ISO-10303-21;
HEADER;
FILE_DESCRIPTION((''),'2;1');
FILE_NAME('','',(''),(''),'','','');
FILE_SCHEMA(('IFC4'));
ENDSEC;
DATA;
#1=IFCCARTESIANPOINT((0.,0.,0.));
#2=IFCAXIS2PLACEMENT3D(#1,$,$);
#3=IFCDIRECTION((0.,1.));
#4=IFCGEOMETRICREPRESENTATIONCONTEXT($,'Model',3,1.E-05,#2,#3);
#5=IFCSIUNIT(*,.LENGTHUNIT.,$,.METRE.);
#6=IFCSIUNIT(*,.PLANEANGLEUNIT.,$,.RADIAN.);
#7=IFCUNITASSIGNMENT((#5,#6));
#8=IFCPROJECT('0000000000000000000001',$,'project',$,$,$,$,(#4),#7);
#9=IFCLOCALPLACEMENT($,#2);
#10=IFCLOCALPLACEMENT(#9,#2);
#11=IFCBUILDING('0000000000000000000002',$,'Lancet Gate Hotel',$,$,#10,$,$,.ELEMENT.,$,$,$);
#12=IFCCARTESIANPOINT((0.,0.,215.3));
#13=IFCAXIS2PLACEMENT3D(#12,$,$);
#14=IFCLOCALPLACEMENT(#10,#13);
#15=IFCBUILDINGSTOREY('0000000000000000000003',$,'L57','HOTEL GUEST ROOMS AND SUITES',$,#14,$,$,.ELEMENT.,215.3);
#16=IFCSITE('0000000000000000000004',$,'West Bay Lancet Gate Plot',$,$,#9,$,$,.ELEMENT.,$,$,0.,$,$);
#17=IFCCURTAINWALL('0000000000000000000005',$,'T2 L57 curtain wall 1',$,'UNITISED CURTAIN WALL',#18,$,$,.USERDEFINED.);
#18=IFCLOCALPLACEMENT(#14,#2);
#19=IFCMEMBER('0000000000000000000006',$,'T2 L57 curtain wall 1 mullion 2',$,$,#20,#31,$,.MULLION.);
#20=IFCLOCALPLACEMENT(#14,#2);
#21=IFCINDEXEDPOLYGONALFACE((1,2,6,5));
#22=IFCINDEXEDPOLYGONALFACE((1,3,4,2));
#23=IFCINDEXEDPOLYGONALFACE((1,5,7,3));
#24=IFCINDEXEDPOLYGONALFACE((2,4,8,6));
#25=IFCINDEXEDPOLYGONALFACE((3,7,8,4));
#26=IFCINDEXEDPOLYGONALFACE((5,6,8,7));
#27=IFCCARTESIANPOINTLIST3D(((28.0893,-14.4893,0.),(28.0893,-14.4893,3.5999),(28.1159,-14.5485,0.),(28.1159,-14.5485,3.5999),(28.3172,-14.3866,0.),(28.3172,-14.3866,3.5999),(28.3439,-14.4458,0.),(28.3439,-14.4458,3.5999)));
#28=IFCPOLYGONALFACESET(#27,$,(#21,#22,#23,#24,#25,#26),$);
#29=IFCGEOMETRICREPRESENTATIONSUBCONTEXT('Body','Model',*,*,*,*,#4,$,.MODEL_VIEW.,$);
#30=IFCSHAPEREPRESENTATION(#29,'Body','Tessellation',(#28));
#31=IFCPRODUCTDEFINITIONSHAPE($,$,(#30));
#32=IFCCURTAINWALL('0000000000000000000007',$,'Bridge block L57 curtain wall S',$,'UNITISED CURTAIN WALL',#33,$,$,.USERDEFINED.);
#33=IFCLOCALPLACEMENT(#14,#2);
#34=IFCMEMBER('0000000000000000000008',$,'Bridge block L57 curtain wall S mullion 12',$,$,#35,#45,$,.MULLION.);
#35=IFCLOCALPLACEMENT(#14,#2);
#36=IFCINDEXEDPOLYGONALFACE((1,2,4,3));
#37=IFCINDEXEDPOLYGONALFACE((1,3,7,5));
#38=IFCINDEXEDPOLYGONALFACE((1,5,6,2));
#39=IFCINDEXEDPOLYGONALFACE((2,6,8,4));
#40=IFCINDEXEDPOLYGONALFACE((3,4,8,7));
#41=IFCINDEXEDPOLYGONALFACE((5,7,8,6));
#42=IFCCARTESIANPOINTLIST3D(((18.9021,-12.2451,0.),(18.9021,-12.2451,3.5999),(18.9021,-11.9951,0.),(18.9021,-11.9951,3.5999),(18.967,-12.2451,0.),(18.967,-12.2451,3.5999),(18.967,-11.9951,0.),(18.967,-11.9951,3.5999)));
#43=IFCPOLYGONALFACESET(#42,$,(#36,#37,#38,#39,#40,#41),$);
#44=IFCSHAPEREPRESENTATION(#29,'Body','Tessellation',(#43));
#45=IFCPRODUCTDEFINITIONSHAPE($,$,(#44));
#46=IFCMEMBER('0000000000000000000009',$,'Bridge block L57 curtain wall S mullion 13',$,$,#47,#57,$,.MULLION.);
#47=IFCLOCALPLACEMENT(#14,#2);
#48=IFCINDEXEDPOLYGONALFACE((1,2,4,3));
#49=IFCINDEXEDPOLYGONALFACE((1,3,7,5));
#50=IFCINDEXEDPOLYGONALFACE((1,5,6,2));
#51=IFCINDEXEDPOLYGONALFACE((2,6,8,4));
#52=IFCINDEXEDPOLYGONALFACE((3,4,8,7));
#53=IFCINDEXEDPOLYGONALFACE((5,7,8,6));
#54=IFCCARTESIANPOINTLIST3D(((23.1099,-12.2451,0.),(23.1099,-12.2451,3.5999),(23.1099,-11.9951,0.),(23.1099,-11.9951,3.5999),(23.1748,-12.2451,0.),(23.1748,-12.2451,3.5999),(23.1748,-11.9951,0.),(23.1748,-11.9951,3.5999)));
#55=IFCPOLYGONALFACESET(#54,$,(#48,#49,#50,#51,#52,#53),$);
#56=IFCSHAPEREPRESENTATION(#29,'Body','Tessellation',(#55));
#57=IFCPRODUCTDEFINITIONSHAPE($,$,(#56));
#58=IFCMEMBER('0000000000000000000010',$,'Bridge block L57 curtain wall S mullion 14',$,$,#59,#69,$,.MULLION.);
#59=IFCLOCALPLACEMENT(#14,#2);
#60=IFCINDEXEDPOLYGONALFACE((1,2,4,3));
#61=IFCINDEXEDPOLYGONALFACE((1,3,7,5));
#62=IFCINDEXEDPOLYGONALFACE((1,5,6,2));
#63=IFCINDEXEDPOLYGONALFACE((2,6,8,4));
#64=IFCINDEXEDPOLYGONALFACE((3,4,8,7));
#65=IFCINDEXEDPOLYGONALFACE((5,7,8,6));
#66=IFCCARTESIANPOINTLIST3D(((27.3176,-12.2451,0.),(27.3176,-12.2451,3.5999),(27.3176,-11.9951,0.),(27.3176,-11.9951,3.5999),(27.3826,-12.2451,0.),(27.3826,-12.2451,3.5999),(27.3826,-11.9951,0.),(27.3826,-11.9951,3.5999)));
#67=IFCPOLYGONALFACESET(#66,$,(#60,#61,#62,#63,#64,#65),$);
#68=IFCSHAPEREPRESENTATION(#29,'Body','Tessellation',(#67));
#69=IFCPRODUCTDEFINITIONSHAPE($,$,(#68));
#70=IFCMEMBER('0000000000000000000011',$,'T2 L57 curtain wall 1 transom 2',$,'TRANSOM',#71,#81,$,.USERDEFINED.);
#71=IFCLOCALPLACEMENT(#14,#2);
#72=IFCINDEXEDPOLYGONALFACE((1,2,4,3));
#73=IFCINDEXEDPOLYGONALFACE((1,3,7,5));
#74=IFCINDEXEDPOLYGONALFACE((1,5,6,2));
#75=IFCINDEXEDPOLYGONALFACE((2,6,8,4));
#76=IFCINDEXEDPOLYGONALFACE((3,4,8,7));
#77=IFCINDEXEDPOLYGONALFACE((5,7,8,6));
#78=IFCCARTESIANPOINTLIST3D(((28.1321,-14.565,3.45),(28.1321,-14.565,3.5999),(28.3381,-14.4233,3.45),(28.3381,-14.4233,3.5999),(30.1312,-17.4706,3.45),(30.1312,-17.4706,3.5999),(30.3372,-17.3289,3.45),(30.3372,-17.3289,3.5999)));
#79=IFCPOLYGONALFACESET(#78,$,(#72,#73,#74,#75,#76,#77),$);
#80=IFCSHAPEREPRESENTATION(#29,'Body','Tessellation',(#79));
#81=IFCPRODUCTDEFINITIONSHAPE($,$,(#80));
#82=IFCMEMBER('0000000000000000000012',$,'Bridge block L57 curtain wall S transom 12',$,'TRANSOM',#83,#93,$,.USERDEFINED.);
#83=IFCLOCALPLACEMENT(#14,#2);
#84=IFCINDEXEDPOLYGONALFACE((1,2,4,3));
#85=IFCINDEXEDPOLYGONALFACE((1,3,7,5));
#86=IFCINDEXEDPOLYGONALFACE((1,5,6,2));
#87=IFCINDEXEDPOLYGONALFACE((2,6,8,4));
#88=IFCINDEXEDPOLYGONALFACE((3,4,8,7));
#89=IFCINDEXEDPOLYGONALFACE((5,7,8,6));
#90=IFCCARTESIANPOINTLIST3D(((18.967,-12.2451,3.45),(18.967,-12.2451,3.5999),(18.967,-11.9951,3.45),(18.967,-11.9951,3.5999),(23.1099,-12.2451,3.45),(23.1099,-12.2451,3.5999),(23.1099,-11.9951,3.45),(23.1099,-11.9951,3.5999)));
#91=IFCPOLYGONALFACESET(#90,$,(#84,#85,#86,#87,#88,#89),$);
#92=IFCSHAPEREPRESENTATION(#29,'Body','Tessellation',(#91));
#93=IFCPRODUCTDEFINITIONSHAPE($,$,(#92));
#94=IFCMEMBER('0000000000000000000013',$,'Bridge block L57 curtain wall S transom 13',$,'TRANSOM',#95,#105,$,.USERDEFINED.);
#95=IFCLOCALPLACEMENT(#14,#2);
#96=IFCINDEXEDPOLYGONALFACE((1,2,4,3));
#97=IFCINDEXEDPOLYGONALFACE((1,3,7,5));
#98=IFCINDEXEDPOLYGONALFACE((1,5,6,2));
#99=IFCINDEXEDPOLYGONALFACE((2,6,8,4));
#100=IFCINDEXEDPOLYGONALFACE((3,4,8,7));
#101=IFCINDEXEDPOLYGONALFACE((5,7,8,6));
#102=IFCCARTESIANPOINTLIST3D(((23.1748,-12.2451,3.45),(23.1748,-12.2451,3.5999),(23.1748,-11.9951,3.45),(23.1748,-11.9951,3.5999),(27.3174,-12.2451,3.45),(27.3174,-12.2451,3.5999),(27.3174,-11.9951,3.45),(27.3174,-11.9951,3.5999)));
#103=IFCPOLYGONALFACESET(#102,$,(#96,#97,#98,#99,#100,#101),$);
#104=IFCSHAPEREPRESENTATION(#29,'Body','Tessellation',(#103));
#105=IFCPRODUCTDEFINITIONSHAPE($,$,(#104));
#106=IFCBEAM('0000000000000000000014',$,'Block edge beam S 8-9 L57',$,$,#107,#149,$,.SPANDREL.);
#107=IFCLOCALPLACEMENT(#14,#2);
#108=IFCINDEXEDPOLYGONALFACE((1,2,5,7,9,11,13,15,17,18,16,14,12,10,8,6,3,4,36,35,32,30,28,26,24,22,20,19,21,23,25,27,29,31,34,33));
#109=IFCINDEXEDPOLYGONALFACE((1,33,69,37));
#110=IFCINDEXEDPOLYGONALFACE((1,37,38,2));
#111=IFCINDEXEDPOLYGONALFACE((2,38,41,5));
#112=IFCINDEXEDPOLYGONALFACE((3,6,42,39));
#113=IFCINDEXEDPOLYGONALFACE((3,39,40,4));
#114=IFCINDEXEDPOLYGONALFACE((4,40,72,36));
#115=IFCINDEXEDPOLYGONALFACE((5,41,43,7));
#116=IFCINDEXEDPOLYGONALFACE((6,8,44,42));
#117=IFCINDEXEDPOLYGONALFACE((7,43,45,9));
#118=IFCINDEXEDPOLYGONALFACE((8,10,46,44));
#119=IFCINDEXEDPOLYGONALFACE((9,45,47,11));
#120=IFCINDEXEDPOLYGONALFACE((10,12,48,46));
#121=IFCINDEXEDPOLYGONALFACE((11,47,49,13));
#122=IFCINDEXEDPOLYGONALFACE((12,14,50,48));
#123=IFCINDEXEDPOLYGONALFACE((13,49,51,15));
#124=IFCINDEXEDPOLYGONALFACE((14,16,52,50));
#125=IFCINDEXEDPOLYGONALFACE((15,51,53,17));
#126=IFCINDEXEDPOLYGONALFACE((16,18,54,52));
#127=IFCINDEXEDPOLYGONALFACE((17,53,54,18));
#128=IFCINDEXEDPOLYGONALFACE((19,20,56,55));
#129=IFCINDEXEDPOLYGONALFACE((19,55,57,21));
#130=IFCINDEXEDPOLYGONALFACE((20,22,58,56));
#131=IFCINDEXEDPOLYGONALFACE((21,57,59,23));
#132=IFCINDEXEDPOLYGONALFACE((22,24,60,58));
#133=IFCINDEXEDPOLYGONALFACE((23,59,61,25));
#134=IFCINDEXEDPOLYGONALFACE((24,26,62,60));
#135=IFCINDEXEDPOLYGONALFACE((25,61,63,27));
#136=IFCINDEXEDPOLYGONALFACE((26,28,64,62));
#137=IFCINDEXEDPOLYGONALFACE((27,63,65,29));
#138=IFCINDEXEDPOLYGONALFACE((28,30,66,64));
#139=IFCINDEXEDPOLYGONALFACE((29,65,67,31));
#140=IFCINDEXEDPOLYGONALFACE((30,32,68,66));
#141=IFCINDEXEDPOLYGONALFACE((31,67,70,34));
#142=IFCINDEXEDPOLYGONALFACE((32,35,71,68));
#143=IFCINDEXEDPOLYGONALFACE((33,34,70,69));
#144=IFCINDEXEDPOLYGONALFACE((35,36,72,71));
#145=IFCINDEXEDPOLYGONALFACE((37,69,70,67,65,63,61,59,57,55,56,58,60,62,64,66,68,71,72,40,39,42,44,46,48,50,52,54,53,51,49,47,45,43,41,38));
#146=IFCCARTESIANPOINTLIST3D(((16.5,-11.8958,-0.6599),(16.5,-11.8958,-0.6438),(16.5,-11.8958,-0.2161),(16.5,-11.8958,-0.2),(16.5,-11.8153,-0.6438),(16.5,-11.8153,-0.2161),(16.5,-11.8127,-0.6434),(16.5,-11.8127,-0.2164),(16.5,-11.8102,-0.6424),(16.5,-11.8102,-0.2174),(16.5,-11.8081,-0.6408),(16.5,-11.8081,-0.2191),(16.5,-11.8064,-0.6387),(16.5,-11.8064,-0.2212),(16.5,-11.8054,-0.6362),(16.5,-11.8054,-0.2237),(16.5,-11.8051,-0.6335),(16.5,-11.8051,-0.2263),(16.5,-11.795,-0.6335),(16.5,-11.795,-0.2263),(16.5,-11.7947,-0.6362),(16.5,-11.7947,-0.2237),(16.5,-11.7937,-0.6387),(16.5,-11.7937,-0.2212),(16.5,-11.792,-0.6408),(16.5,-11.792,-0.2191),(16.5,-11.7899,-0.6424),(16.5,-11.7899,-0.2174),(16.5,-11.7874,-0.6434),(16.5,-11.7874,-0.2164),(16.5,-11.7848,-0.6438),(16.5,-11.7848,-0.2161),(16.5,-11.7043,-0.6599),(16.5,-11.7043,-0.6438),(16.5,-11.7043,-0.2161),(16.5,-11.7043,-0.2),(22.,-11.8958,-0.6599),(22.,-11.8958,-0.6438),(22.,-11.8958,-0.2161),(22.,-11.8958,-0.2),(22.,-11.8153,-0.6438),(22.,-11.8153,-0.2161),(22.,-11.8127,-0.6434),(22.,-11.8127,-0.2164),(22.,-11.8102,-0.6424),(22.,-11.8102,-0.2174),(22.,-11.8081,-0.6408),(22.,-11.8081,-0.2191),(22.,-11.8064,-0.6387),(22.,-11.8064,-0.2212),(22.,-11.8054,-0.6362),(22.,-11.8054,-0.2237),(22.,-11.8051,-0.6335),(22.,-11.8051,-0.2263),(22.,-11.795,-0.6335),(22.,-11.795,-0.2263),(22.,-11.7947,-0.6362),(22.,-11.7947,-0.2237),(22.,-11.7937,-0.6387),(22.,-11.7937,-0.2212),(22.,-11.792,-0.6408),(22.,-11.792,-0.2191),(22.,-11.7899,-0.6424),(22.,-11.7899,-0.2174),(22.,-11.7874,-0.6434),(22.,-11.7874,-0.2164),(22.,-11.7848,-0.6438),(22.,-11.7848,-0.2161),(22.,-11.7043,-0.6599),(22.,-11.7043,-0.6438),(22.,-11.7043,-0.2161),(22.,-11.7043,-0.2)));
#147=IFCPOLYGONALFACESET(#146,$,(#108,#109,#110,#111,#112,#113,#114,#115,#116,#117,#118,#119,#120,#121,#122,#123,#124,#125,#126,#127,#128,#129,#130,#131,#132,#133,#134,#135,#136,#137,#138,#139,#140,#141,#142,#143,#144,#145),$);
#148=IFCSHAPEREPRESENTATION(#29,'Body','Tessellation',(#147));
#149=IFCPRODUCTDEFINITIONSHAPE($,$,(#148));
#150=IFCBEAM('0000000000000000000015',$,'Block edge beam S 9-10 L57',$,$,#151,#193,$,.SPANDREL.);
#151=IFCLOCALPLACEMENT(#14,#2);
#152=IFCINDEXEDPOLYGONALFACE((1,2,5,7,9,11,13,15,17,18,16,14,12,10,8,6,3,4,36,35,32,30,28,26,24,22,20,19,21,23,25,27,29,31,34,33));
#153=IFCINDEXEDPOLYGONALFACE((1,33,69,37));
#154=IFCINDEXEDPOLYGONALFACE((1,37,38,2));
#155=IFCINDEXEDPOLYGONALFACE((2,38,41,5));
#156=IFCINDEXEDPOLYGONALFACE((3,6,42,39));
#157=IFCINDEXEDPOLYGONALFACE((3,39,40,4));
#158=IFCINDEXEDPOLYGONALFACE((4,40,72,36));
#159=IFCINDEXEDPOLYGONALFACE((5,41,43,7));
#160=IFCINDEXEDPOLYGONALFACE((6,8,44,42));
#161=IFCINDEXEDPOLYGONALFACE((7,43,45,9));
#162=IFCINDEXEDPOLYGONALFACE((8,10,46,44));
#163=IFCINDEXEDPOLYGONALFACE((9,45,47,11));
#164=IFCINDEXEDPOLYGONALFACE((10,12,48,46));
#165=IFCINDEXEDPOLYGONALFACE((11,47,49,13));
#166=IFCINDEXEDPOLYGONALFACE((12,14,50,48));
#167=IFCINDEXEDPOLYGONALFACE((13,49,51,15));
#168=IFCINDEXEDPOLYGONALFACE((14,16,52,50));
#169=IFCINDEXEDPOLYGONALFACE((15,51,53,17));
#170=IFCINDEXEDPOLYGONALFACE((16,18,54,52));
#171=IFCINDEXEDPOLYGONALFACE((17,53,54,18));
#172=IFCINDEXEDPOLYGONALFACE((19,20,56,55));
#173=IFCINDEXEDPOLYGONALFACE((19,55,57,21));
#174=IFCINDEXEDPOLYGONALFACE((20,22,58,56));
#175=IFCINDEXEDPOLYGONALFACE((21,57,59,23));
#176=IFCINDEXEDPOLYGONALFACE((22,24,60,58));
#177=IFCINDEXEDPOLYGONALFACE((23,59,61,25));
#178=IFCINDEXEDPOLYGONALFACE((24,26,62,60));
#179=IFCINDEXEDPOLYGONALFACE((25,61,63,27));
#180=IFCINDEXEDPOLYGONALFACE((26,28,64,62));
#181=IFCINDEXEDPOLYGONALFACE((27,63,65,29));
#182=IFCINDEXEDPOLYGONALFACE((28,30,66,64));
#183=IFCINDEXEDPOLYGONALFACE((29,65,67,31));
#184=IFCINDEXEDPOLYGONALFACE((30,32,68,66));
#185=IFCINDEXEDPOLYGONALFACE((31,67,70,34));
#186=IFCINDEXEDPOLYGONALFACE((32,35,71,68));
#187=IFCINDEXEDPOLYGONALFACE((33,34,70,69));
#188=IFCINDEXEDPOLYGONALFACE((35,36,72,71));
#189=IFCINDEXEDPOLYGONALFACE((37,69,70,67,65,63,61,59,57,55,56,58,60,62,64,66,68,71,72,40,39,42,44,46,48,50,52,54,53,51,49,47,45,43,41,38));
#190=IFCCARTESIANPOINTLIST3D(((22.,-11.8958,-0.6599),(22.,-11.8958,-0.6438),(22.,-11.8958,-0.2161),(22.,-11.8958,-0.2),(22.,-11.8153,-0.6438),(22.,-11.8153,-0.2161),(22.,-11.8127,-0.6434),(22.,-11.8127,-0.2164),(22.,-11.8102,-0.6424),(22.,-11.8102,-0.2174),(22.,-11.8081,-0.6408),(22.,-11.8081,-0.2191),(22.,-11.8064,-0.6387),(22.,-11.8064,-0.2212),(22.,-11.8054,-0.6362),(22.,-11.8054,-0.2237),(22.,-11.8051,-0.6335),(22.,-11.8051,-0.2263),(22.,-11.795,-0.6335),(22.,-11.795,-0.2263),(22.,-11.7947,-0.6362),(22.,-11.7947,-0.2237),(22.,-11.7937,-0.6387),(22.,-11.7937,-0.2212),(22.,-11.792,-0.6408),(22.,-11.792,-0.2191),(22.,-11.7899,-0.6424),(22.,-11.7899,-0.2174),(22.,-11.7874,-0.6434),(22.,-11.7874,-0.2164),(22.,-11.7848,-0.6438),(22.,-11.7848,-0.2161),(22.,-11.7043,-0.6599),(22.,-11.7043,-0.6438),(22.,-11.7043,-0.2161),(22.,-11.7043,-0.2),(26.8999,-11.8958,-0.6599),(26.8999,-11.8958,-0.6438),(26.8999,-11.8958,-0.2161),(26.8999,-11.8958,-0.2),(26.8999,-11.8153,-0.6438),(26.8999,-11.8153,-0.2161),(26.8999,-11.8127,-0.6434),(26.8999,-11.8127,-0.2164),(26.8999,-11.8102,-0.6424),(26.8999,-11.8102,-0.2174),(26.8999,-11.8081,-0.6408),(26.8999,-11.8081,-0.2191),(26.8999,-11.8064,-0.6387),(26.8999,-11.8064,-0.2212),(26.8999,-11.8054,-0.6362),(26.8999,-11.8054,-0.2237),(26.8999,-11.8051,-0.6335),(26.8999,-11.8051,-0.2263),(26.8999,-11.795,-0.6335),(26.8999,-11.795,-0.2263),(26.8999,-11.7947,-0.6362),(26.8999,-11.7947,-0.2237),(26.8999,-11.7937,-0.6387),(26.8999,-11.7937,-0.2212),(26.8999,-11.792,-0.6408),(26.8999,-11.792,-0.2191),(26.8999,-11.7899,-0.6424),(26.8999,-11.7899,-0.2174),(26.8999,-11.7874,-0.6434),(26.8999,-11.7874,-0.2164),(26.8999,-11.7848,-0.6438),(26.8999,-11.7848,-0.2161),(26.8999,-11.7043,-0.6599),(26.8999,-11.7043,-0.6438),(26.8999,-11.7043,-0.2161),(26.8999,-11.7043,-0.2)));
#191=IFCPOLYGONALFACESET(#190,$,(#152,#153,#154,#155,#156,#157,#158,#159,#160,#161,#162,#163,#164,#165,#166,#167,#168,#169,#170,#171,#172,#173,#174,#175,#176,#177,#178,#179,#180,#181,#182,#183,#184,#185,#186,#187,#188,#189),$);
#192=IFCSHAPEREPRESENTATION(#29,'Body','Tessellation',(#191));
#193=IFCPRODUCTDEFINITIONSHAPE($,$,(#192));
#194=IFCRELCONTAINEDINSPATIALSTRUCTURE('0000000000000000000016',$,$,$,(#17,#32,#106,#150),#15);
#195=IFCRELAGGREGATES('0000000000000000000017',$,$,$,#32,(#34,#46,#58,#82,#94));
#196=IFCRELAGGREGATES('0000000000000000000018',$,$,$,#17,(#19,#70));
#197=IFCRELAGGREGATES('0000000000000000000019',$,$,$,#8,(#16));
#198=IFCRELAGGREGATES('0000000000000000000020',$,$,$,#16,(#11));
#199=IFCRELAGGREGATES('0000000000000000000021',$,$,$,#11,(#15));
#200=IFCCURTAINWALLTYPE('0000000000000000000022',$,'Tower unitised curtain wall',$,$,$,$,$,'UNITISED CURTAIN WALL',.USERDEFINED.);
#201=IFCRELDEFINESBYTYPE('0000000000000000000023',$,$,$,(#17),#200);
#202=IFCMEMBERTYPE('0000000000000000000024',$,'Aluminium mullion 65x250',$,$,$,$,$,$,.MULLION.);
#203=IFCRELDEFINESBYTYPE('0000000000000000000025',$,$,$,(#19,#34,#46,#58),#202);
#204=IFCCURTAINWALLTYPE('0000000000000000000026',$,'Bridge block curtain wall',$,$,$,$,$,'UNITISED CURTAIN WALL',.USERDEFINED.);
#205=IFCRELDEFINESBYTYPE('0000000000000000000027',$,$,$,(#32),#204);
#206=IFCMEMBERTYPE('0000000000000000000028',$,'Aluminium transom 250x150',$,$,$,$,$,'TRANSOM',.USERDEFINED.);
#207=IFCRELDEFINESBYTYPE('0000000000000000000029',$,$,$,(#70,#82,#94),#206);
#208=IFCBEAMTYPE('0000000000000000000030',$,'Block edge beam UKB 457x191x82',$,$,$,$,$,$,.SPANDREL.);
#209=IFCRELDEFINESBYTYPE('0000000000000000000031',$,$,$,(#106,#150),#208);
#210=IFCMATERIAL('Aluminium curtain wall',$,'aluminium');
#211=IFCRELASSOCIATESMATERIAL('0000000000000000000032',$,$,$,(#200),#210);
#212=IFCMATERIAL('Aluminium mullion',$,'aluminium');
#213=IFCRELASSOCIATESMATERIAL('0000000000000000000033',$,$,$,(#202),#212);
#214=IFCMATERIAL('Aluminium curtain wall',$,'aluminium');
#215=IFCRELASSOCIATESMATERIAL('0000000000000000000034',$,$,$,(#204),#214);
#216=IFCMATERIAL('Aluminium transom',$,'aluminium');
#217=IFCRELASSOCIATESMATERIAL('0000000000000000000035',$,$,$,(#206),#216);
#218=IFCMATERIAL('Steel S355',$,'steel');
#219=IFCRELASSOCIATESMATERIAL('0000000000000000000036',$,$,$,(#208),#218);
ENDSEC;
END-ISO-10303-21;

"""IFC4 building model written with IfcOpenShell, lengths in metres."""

from ifc_helpers import new_model, si_unit, direction, frame, origin, origin_2d, place, context, subcontext, project, spatial, rectangle, i_section, extrude, material, material_profile, profile_set, type_object, element, aggregate, save


model = new_model("IFC4")

# Units and contexts
model_context = context("Model", 3, precision=1e-05, world=origin(), true_north=direction((0.0, 1.0)))
body_context = subcontext(model_context, "Body", "Model", "MODEL_VIEW")
ifc_project = project(units=[si_unit("LENGTHUNIT", "METRE"), si_unit("PLANEANGLEUNIT", "RADIAN")], contexts=[model_context])

# Site, building, storey
site_placement = place(None, origin())
site = spatial("IfcSite", under=ifc_project, at=site_placement, Name="West Bay Lancet Gate Plot", CompositionType="ELEMENT", RefElevation=0.0)
building_placement = place(site_placement, origin())
building = spatial("IfcBuilding", under=site, at=building_placement, Name="Lancet Gate Hotel", CompositionType="ELEMENT")
storey_placement = place(building_placement, frame((0.0, 0.0, 215.3)))
storey = spatial("IfcBuildingStorey", under=building, at=storey_placement, Name="L57", Description="HOTEL GUEST ROOMS AND SUITES", CompositionType="ELEMENT", Elevation=215.3)

# Curtain wall, member
ifc_material_1 = material(Name="Aluminium curtain wall", Category="aluminium")
curtain_wall_type_1 = type_object("IfcCurtainWallType", Name="Tower unitised curtain wall", ElementType="UNITISED CURTAIN WALL", PredefinedType="USERDEFINED", material=ifc_material_1)
curtain_wall_1_placement = place(storey_placement, origin())
curtain_wall_1 = element("IfcCurtainWall", 1, at=curtain_wall_1_placement, inside=storey, type_object=curtain_wall_type_1, Name="T2 L57 curtain wall 1", ObjectType="UNITISED CURTAIN WALL", PredefinedType="USERDEFINED")
ifc_material_2 = material(Name="Aluminium mullion", Category="aluminium")
ifc_material_profile_1 = material_profile(ifc_material_2, rectangle(XDim=0.0649, YDim=0.25, at=origin_2d()), Name="MULLION 65x250")
ifc_profile_set_1 = profile_set([ifc_material_profile_1], Name="Aluminium mullion")
member_type_1 = type_object("IfcMemberType", Name="Aluminium mullion 65x250", PredefinedType="MULLION", material=ifc_profile_set_1)
member_1_placement = place(storey_placement, frame((28.2166, -14.4675, 0.0), z_axis=(0.0, 0.0, 1.0), x_axis=(0.410881, -0.911689, 0.0)))
member_1 = element("IfcMember", 2, at=member_1_placement, type_object=member_type_1, Name="T2 L57 curtain wall 1 mullion 2", PredefinedType="MULLION", context=body_context, shape_type="SweptSolid", body=[
    extrude(rectangle(XDim=0.0649, YDim=0.25, at=origin_2d()), origin(), (0.0, 0.0, 1.0), 3.5999),
])

# Curtain wall, members
ifc_material_3 = material(Name="Aluminium curtain wall", Category="aluminium")
curtain_wall_type_2 = type_object("IfcCurtainWallType", Name="Bridge block curtain wall", ElementType="UNITISED CURTAIN WALL", PredefinedType="USERDEFINED", material=ifc_material_3)
curtain_wall_2_placement = place(storey_placement, origin())
curtain_wall_2 = element("IfcCurtainWall", 3, at=curtain_wall_2_placement, inside=storey, type_object=curtain_wall_type_2, Name="Bridge block L57 curtain wall S", ObjectType="UNITISED CURTAIN WALL", PredefinedType="USERDEFINED")
member_2_placement = place(storey_placement, frame((18.9346, -12.1201, 0.0), z_axis=(0.0, 0.0, 1.0), x_axis=(1.0, 0.0, 0.0)))
member_2 = element("IfcMember", 4, at=member_2_placement, type_object=member_type_1, Name="Bridge block L57 curtain wall S mullion 12", PredefinedType="MULLION", context=body_context, shape_type="SweptSolid", body=[
    extrude(rectangle(XDim=0.0649, YDim=0.25, at=origin_2d()), origin(), (0.0, 0.0, 1.0), 3.5999),
])
member_3_placement = place(storey_placement, frame((23.1423, -12.1201, 0.0), z_axis=(0.0, 0.0, 1.0), x_axis=(1.0, 0.0, 0.0)))
member_3 = element("IfcMember", 5, at=member_3_placement, type_object=member_type_1, Name="Bridge block L57 curtain wall S mullion 13", PredefinedType="MULLION", context=body_context, shape_type="SweptSolid", body=[
    extrude(rectangle(XDim=0.0649, YDim=0.25, at=origin_2d()), origin(), (0.0, 0.0, 1.0), 3.5999),
])
member_4_placement = place(storey_placement, frame((27.3501, -12.1201, 0.0), z_axis=(0.0, 0.0, 1.0), x_axis=(1.0, 0.0, 0.0)))
member_4 = element("IfcMember", 6, at=member_4_placement, type_object=member_type_1, Name="Bridge block L57 curtain wall S mullion 14", PredefinedType="MULLION", context=body_context, shape_type="SweptSolid", body=[
    extrude(rectangle(XDim=0.0649, YDim=0.25, at=origin_2d()), origin(), (0.0, 0.0, 1.0), 3.5999),
])

# Members
ifc_material_4 = material(Name="Aluminium transom", Category="aluminium")
ifc_material_profile_2 = material_profile(ifc_material_4, rectangle(XDim=0.25, YDim=0.1499, at=origin_2d()), Name="TRANSOM 250x150")
ifc_profile_set_2 = profile_set([ifc_material_profile_2], Name="Aluminium transom")
member_type_2 = type_object("IfcMemberType", Name="Aluminium transom 250x150", ElementType="TRANSOM", PredefinedType="USERDEFINED", material=ifc_profile_set_2)
member_5_placement = place(storey_placement, frame((28.2351, -14.4941, 3.5249), z_axis=(0.566814, -0.823846, 0.0), x_axis=(0.823846, 0.566814, 0.0)))
member_5 = element("IfcMember", 7, at=member_5_placement, type_object=member_type_2, Name="T2 L57 curtain wall 1 transom 2", ObjectType="TRANSOM", PredefinedType="USERDEFINED", context=body_context, shape_type="SweptSolid", body=[
    extrude(rectangle(XDim=0.25, YDim=0.1499, at=origin_2d()), origin(), (0.0, 0.0, 1.0), 3.5269),
])
member_6_placement = place(storey_placement, frame((18.967, -12.1201, 3.5249), z_axis=(1.0, 0.0, 0.0), x_axis=(0.0, 1.0, 0.0)))
member_6 = element("IfcMember", 8, at=member_6_placement, type_object=member_type_2, Name="Bridge block L57 curtain wall S transom 12", ObjectType="TRANSOM", PredefinedType="USERDEFINED", context=body_context, shape_type="SweptSolid", body=[
    extrude(rectangle(XDim=0.25, YDim=0.1499, at=origin_2d()), origin(), (0.0, 0.0, 1.0), 4.1428),
])
member_7_placement = place(storey_placement, frame((23.1748, -12.1201, 3.5249), z_axis=(1.0, 0.0, 0.0), x_axis=(0.0, 1.0, 0.0)))
member_7 = element("IfcMember", 9, at=member_7_placement, type_object=member_type_2, Name="Bridge block L57 curtain wall S transom 13", ObjectType="TRANSOM", PredefinedType="USERDEFINED", context=body_context, shape_type="SweptSolid", body=[
    extrude(rectangle(XDim=0.25, YDim=0.1499, at=origin_2d()), origin(), (0.0, 0.0, 1.0), 4.1426),
])

# Beams
ifc_material_5 = material(Name="Steel S355", Category="steel")
ifc_material_profile_3 = material_profile(ifc_material_5, i_section(OverallWidth=0.1914, OverallDepth=0.46, WebThickness=0.01, FlangeThickness=0.0161, FilletRadius=0.0103, at=origin_2d()), Name="UKB 457x191x82")
ifc_profile_set_3 = profile_set([ifc_material_profile_3], Name="Steel S355")
beam_type_1 = type_object("IfcBeamType", Name="Block edge beam UKB 457x191x82", PredefinedType="SPANDREL", material=ifc_profile_set_3)
beam_1_placement = place(storey_placement, frame((16.5, -11.8, -0.4299), z_axis=(1.0, 0.0, 0.0), x_axis=(0.0, 1.0, 0.0)))
element("IfcBeam", 10, at=beam_1_placement, inside=storey, type_object=beam_type_1, Name="Block edge beam S 8-9 L57", PredefinedType="SPANDREL", context=body_context, shape_type="SweptSolid", body=[
    extrude(i_section(OverallWidth=0.1914, OverallDepth=0.46, WebThickness=0.01, FlangeThickness=0.0161, FilletRadius=0.0103, at=origin_2d()), origin(), (0.0, 0.0, 1.0), 5.5),
])
beam_2_placement = place(storey_placement, frame((22.0, -11.8, -0.4299), z_axis=(1.0, 0.0, 0.0), x_axis=(0.0, 1.0, 0.0)))
element("IfcBeam", 11, at=beam_2_placement, inside=storey, type_object=beam_type_1, Name="Block edge beam S 9-10 L57", PredefinedType="SPANDREL", context=body_context, shape_type="SweptSolid", body=[
    extrude(i_section(OverallWidth=0.1914, OverallDepth=0.46, WebThickness=0.01, FlangeThickness=0.0161, FilletRadius=0.0103, at=origin_2d()), origin(), (0.0, 0.0, 1.0), 4.8999),
])

aggregate(curtain_wall_2, [member_2, member_3, member_4, member_6, member_7])
aggregate(curtain_wall_1, [member_1, member_5])

save(model, "model.ifc")
